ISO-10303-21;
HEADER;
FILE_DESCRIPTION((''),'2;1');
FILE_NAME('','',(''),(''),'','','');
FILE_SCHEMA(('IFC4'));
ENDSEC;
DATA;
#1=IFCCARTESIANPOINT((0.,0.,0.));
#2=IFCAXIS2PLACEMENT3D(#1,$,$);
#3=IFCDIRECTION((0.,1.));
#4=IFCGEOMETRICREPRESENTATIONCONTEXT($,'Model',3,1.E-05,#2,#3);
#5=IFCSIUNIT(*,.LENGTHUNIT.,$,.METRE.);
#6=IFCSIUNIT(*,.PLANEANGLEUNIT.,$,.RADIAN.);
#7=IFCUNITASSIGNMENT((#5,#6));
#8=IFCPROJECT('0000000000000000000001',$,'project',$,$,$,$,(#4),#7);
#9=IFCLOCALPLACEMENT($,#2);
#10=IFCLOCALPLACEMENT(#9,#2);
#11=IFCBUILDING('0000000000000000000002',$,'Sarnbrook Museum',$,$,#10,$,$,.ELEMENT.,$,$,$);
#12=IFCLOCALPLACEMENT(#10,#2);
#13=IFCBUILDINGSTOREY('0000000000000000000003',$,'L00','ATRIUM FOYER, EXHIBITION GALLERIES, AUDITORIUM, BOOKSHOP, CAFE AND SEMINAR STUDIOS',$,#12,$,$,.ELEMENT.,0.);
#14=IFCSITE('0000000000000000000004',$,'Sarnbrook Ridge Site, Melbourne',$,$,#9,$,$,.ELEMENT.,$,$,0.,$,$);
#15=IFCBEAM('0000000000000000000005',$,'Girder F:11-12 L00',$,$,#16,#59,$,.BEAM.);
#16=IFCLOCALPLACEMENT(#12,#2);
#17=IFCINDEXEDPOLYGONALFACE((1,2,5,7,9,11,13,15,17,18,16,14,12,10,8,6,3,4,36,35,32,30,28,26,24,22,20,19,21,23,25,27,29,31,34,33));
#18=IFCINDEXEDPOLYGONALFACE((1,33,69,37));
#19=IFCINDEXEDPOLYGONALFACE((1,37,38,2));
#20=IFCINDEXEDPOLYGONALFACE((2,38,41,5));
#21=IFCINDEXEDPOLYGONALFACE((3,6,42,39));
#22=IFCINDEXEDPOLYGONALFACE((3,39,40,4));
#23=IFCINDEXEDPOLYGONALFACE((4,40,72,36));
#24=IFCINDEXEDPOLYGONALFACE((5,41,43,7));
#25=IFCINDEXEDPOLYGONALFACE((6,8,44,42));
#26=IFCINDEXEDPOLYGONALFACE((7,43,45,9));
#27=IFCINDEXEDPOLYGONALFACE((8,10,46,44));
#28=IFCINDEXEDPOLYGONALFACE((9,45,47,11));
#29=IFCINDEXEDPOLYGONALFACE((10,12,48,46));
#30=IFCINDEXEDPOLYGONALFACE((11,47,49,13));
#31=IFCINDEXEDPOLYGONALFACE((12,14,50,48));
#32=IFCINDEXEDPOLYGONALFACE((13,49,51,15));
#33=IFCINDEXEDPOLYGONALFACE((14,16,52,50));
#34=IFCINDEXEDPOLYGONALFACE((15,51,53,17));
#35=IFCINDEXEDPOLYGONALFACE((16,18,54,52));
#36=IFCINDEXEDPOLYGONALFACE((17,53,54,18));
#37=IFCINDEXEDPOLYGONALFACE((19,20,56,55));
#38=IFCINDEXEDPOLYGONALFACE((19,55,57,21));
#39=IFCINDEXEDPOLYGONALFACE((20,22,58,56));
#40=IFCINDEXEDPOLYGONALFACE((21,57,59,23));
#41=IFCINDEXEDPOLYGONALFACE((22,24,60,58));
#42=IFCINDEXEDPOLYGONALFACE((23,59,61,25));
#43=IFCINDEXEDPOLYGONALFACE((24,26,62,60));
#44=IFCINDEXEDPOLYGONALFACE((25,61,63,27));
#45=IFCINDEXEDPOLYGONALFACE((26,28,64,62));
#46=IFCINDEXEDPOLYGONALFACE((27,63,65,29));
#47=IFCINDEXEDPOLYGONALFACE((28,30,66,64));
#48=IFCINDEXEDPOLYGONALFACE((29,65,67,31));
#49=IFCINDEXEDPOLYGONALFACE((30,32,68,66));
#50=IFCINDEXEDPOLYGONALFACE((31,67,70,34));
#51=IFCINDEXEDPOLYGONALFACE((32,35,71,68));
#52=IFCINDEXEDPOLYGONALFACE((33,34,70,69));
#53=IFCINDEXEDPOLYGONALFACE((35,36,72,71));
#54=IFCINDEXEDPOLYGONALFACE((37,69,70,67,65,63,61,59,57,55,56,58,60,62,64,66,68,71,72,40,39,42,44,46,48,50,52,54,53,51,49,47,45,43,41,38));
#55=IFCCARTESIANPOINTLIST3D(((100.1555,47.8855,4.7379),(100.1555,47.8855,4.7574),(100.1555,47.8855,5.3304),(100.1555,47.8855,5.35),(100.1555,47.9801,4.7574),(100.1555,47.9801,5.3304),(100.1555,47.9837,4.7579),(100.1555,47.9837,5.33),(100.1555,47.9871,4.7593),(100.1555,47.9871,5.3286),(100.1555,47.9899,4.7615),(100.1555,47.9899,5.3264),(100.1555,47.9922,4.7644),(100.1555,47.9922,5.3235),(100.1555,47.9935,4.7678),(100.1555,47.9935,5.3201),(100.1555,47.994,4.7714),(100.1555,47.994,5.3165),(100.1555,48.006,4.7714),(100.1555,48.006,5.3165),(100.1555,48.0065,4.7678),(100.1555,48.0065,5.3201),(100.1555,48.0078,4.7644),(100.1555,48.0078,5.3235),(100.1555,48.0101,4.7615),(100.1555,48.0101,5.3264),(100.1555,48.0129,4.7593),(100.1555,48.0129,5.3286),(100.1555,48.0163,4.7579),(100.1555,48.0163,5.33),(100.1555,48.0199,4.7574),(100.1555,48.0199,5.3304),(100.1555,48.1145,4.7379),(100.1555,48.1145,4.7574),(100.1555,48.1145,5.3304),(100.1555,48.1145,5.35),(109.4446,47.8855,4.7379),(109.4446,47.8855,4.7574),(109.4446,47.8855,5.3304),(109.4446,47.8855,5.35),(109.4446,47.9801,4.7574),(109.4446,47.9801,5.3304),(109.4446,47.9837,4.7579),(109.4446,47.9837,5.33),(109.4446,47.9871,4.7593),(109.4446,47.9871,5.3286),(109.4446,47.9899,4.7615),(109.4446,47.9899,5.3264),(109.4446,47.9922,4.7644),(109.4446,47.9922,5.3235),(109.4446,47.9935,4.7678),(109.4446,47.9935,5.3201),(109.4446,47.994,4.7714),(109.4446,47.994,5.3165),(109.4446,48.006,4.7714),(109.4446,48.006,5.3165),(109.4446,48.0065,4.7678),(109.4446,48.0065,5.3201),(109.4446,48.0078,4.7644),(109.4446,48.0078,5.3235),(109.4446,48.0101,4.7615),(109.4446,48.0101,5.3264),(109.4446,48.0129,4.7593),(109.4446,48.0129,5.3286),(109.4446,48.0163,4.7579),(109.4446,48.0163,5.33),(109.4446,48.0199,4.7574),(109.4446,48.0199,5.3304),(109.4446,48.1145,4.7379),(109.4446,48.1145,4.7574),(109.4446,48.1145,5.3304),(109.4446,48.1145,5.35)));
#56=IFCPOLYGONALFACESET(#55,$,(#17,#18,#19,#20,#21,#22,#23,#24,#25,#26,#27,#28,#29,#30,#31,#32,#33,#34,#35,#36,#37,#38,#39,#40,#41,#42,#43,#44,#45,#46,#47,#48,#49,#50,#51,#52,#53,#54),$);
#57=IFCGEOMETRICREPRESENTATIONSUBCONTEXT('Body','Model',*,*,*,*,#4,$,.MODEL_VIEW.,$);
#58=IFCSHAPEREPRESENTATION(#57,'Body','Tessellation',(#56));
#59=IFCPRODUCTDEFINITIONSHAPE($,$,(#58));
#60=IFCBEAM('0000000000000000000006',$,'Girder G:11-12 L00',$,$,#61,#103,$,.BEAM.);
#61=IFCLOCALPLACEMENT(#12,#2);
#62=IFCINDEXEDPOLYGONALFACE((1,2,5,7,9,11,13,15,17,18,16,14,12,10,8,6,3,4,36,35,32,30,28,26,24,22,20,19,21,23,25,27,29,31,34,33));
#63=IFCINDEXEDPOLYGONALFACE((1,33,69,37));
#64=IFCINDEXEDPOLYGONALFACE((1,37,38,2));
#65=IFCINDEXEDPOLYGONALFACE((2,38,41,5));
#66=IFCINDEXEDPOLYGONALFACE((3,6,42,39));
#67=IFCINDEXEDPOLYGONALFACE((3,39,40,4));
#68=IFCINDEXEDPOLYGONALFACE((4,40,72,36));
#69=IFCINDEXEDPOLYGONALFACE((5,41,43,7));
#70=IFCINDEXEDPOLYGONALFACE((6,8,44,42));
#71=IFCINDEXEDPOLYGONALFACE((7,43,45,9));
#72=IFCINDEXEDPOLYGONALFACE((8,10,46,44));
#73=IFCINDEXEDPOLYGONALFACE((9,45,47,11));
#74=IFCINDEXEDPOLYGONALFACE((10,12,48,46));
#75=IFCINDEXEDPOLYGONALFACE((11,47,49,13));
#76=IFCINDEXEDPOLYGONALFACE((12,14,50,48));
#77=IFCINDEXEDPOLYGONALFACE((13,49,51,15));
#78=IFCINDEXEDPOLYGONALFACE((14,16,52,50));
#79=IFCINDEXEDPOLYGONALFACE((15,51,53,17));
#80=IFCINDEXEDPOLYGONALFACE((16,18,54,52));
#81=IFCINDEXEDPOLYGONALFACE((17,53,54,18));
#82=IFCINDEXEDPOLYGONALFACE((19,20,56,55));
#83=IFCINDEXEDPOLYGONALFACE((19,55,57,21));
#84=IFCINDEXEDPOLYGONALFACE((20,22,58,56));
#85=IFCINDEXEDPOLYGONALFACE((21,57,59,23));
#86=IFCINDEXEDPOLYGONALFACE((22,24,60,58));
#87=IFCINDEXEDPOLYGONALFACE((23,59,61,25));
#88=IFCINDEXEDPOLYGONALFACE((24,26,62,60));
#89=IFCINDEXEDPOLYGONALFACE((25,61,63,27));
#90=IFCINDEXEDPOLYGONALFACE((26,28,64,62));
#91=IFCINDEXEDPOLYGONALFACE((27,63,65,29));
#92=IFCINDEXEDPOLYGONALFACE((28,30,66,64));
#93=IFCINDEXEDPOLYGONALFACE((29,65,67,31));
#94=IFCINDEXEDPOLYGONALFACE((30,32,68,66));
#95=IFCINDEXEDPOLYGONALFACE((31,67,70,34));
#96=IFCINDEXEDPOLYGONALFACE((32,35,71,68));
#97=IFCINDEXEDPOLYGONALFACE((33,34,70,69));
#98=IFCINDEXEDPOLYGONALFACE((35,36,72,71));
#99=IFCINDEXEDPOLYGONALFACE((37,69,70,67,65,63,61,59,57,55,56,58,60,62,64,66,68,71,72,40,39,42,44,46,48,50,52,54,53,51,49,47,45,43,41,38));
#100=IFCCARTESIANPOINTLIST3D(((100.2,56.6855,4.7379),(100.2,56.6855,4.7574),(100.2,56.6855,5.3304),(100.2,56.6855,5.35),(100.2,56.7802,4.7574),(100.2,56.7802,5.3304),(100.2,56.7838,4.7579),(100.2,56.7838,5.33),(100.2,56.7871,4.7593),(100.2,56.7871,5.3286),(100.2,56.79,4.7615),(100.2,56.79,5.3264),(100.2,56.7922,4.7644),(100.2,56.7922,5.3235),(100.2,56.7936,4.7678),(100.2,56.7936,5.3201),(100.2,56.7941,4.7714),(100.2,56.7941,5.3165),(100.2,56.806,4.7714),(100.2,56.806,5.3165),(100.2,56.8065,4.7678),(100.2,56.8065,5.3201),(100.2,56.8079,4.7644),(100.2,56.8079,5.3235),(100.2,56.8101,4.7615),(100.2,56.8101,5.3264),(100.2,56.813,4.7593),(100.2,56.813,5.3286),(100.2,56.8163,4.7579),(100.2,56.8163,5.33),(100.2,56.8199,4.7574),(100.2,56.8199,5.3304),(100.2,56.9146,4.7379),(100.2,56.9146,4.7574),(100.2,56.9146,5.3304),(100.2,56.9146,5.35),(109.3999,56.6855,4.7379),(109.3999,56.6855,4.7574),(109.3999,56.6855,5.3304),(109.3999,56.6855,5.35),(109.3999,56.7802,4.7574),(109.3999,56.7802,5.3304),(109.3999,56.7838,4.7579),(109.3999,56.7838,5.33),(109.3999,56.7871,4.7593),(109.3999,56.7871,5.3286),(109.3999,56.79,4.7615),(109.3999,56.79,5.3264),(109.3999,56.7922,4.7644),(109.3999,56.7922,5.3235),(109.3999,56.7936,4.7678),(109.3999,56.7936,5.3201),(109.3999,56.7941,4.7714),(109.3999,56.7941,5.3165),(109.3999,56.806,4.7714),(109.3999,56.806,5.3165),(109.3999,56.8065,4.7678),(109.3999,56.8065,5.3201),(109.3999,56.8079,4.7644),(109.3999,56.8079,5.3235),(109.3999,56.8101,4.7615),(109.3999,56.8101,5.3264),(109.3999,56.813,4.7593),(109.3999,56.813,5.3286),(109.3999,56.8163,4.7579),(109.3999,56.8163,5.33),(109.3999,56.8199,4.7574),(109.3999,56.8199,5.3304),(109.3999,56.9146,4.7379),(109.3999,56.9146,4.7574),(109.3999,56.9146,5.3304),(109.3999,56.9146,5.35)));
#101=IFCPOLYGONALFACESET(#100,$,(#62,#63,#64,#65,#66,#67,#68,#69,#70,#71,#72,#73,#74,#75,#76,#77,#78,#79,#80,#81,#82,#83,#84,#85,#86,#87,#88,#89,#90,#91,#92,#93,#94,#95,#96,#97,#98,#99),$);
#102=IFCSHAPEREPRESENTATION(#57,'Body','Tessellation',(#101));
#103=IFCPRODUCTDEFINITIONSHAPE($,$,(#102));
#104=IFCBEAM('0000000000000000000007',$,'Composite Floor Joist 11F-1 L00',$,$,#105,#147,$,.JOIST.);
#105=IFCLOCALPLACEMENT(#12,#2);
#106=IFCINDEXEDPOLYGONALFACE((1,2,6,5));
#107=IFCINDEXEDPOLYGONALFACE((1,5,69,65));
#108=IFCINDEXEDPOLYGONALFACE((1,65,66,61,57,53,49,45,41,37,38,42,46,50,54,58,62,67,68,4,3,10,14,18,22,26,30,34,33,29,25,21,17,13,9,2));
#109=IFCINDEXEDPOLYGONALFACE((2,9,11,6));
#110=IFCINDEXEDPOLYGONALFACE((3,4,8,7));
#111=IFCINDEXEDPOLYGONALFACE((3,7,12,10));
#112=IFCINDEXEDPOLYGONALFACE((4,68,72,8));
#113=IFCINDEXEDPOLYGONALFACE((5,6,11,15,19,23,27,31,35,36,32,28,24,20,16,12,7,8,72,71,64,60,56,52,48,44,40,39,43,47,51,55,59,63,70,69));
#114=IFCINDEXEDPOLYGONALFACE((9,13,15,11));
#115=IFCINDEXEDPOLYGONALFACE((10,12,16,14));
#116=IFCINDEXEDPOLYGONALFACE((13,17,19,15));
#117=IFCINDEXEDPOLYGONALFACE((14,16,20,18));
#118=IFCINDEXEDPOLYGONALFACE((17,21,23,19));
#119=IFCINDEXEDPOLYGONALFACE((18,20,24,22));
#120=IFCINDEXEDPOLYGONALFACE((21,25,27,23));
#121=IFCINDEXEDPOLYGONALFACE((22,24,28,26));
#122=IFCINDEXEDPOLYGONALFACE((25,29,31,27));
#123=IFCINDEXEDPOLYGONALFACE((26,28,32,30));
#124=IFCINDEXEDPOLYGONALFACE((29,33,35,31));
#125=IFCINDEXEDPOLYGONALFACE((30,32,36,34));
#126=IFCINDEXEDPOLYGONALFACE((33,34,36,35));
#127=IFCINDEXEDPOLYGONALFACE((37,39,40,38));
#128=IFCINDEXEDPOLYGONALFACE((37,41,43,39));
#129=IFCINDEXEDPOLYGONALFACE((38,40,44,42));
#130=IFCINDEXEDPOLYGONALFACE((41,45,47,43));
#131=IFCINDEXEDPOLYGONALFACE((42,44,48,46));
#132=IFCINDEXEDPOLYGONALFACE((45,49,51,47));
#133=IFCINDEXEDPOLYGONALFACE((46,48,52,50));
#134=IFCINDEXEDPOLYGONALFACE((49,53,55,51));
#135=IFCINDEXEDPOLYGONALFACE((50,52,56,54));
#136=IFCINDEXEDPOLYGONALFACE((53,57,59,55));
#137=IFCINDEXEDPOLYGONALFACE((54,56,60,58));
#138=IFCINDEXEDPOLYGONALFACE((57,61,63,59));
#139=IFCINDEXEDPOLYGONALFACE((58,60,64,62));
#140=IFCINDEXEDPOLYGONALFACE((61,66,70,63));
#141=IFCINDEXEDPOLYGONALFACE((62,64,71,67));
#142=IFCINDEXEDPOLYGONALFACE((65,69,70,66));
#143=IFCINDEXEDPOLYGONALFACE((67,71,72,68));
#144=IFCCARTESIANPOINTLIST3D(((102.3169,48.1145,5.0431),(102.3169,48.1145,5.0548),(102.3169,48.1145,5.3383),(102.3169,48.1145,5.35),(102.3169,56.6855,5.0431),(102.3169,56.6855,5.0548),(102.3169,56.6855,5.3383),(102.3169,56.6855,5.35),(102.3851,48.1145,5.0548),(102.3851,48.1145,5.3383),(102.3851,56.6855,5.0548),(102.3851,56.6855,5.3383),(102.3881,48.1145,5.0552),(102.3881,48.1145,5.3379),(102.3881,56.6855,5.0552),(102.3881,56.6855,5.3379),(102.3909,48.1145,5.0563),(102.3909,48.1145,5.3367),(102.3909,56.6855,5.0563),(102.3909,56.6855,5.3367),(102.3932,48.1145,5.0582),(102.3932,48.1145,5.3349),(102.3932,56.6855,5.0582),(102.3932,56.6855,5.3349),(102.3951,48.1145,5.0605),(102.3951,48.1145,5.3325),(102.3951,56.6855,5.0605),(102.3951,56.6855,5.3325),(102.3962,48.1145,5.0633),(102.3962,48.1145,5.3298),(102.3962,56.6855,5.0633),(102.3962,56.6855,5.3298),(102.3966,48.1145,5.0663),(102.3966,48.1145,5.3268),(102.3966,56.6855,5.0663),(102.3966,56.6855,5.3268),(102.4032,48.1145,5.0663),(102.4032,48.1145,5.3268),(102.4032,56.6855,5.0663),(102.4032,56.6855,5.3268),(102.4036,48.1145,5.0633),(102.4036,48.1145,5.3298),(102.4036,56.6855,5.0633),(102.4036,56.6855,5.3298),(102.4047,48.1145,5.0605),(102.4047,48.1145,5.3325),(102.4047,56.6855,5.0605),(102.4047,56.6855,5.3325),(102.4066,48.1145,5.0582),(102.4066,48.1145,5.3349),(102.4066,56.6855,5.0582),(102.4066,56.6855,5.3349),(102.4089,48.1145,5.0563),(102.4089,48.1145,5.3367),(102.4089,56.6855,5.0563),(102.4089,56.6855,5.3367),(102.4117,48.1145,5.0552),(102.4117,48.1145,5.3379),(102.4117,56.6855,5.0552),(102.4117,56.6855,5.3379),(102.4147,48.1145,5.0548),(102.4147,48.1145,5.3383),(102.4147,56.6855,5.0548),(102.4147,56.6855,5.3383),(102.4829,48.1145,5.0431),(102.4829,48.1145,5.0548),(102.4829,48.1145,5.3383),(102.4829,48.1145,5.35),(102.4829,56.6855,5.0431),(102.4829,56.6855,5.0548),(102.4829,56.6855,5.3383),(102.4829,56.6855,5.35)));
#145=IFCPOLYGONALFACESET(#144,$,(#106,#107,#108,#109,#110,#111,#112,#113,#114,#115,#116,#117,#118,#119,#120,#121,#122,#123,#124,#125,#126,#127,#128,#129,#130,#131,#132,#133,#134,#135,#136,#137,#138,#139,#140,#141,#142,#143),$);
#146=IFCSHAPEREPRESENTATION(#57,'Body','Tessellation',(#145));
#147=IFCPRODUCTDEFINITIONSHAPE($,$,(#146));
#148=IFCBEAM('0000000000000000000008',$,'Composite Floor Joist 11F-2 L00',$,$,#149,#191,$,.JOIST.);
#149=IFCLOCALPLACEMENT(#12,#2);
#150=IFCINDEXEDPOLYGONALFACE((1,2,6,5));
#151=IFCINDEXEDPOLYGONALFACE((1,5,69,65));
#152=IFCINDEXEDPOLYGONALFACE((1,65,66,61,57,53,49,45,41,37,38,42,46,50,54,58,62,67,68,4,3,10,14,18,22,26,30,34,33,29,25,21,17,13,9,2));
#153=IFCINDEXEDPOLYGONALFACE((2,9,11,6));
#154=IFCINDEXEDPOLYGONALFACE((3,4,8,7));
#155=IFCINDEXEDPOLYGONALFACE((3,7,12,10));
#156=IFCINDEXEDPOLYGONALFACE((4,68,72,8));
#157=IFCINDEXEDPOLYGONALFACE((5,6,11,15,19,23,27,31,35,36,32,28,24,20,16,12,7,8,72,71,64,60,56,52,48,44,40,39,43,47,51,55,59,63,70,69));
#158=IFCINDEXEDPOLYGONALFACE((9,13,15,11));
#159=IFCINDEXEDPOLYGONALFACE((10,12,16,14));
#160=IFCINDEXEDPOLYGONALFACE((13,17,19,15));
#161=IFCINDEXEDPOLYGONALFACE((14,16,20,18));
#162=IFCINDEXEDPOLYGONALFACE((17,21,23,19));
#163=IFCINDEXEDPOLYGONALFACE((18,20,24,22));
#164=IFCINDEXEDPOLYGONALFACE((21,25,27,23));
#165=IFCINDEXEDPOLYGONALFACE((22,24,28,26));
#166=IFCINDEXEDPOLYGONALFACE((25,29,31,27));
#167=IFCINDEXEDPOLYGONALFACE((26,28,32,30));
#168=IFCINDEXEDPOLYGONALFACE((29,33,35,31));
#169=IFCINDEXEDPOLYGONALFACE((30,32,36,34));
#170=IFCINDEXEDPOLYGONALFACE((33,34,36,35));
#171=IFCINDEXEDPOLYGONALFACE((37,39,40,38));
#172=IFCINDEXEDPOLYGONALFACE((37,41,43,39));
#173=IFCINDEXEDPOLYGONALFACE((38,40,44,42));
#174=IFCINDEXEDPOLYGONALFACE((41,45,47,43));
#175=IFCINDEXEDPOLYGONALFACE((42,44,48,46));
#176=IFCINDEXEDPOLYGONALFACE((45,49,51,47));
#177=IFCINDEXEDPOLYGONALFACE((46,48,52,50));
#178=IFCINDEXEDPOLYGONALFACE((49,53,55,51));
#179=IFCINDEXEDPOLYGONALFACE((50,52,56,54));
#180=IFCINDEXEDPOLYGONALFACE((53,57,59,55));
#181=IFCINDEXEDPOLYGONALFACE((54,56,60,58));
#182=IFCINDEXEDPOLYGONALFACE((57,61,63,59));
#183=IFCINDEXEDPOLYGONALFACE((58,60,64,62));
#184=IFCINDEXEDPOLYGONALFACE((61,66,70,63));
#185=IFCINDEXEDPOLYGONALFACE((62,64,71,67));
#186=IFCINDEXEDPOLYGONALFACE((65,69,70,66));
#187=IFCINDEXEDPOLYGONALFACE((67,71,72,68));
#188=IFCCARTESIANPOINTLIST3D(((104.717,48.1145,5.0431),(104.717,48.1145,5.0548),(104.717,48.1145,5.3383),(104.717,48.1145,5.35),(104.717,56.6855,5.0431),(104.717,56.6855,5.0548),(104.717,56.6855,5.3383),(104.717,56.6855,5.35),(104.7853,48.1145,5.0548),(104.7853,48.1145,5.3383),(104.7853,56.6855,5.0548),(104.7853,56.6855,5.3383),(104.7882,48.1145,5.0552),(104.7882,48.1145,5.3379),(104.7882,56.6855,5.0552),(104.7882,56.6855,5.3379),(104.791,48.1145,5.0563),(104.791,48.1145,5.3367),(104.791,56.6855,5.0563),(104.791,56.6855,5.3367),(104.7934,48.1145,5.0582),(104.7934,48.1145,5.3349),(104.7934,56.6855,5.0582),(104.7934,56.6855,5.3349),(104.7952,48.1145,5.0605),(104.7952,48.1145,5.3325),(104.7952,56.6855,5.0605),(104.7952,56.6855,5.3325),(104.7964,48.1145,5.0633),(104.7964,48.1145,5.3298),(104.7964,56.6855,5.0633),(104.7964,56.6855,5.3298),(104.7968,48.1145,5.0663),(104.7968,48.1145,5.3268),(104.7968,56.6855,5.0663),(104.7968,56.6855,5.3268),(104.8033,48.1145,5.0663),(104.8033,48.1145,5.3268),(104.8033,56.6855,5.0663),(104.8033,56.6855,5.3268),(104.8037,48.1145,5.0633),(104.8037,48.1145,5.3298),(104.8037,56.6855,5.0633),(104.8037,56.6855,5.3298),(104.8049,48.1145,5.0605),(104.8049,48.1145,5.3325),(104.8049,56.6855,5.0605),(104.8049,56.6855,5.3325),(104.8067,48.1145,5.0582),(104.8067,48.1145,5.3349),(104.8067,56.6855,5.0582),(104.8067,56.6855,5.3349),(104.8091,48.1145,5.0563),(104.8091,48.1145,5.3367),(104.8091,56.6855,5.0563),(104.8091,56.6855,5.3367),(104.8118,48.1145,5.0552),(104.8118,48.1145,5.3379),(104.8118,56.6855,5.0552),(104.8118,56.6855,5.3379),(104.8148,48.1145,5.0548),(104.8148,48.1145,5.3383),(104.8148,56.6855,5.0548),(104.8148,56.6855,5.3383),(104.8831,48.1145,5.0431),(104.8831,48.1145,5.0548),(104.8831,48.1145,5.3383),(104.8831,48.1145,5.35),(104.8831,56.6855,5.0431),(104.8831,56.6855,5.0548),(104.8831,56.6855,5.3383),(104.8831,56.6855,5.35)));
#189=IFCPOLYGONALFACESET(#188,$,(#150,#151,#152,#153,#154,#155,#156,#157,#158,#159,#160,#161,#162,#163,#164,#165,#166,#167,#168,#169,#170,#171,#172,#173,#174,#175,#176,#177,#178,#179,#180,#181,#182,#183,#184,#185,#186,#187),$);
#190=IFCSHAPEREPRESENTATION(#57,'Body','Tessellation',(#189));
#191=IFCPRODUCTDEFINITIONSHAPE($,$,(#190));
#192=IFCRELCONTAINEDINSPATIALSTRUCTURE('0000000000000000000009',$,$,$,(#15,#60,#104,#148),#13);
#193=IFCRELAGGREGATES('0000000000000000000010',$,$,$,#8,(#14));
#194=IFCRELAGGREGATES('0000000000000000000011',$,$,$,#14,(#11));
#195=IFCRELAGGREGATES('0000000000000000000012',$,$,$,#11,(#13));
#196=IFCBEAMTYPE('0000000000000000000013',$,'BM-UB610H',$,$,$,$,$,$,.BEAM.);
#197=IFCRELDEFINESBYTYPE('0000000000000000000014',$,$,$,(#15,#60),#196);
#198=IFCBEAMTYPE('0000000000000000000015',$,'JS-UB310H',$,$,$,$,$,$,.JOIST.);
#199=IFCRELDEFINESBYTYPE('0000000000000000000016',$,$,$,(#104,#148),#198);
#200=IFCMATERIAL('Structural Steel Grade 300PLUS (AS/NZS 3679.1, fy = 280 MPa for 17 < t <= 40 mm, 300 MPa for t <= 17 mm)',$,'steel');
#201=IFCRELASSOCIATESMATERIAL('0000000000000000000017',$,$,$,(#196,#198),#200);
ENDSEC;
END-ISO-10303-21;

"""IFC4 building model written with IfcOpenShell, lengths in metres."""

from ifc_helpers import new_model, si_unit, direction, frame, origin, origin_2d, place, context, subcontext, project, spatial, i_section, extrude, material, material_profile, profile_set, type_object, element, save


model = new_model("IFC4")

# Units and contexts
model_context = context("Model", 3, precision=1e-05, world=origin(), true_north=direction((0.0, 1.0)))
body_context = subcontext(model_context, "Body", "Model", "MODEL_VIEW")
ifc_project = project(units=[si_unit("LENGTHUNIT", "METRE"), si_unit("PLANEANGLEUNIT", "RADIAN")], contexts=[model_context])

# Site, building, storey
site_placement = place(None, origin())
site = spatial("IfcSite", under=ifc_project, at=site_placement, Name="Sarnbrook Ridge Site, Melbourne", CompositionType="ELEMENT", RefElevation=0.0)
building_placement = place(site_placement, origin())
building = spatial("IfcBuilding", under=site, at=building_placement, Name="Sarnbrook Museum", CompositionType="ELEMENT")
storey_placement = place(building_placement, origin())
storey = spatial("IfcBuildingStorey", under=building, at=storey_placement, Name="L00", Description="ATRIUM FOYER, EXHIBITION GALLERIES, AUDITORIUM, BOOKSHOP, CAFE AND SEMINAR STUDIOS", CompositionType="ELEMENT", Elevation=0.0)

# Shared definitions
ifc_material_1 = material(Name="Structural Steel Grade 300PLUS (AS/NZS 3679.1, fy = 280 MPa for 17 < t <= 40 mm, 300 MPa for t <= 17 mm)", Category="steel")

# Beams
ifc_material_profile_1 = material_profile(ifc_material_1, i_section(OverallWidth=0.229, OverallDepth=0.6121, WebThickness=0.012, FlangeThickness=0.0195, FilletRadius=0.0139, at=origin_2d()), Name="610UB125")
ifc_profile_set_1 = profile_set([ifc_material_profile_1], Name="Structural Steel Grade 300PLUS (AS/NZS 3679.1, fy = 280 MPa for 17 < t <= 40 mm, 300 MPa for t <= 17 mm)")
beam_type_1 = type_object("IfcBeamType", Name="BM-UB610H", PredefinedType="BEAM", material=ifc_profile_set_1)
beam_1_placement = place(storey_placement, frame((100.1555, 48.0, 5.0439), z_axis=(1.0, 0.0, 0.0), x_axis=(0.0, 1.0, 0.0)))
element("IfcBeam", 1, at=beam_1_placement, inside=storey, type_object=beam_type_1, Name="Girder F:11-12 L00", PredefinedType="BEAM", context=body_context, shape_type="SweptSolid", body=[
    extrude(i_section(OverallWidth=0.229, OverallDepth=0.6121, WebThickness=0.012, FlangeThickness=0.0195, FilletRadius=0.0139, at=origin_2d()), origin(), (0.0, 0.0, 1.0), 9.2891),
])
beam_2_placement = place(storey_placement, frame((100.2, 56.8, 5.0439), z_axis=(1.0, 0.0, 0.0), x_axis=(0.0, 1.0, 0.0)))
element("IfcBeam", 2, at=beam_2_placement, inside=storey, type_object=beam_type_1, Name="Girder G:11-12 L00", PredefinedType="BEAM", context=body_context, shape_type="SweptSolid", body=[
    extrude(i_section(OverallWidth=0.229, OverallDepth=0.6121, WebThickness=0.012, FlangeThickness=0.0195, FilletRadius=0.0139, at=origin_2d()), origin(), (0.0, 0.0, 1.0), 9.2),
])
ifc_material_profile_2 = material_profile(ifc_material_1, i_section(OverallWidth=0.166, OverallDepth=0.3069, WebThickness=0.0066, FlangeThickness=0.0117, FilletRadius=0.0115, at=origin_2d()), Name="310UB46.2")
ifc_profile_set_2 = profile_set([ifc_material_profile_2], Name="Structural Steel Grade 300PLUS (AS/NZS 3679.1, fy = 280 MPa for 17 < t <= 40 mm, 300 MPa for t <= 17 mm)")
beam_type_2 = type_object("IfcBeamType", Name="JS-UB310H", PredefinedType="JOIST", material=ifc_profile_set_2)
for number, where, z_axis, x_axis, name in (
    (3, (102.3999, 48.1145, 5.1965), (0.0, 1.0, 0.0), (-1.0, 0.0, 0.0), "Composite Floor Joist 11F-1 L00"),
    (4, (104.8, 48.1145, 5.1965), (0.0, 1.0, 0.0), (-1.0, 0.0, 0.0), "Composite Floor Joist 11F-2 L00"),
):
    element("IfcBeam", number, at=place(storey_placement, frame(where, z_axis=z_axis, x_axis=x_axis)), inside=storey, type_object=beam_type_2, Name=name, PredefinedType="JOIST", context=body_context, shape_type="SweptSolid", body=[
        extrude(i_section(OverallWidth=0.166, OverallDepth=0.3069, WebThickness=0.0066, FlangeThickness=0.0117, FilletRadius=0.0115, at=origin_2d()), origin(), (0.0, 0.0, 1.0), 8.571),
    ])

save(model, "model.ifc")
